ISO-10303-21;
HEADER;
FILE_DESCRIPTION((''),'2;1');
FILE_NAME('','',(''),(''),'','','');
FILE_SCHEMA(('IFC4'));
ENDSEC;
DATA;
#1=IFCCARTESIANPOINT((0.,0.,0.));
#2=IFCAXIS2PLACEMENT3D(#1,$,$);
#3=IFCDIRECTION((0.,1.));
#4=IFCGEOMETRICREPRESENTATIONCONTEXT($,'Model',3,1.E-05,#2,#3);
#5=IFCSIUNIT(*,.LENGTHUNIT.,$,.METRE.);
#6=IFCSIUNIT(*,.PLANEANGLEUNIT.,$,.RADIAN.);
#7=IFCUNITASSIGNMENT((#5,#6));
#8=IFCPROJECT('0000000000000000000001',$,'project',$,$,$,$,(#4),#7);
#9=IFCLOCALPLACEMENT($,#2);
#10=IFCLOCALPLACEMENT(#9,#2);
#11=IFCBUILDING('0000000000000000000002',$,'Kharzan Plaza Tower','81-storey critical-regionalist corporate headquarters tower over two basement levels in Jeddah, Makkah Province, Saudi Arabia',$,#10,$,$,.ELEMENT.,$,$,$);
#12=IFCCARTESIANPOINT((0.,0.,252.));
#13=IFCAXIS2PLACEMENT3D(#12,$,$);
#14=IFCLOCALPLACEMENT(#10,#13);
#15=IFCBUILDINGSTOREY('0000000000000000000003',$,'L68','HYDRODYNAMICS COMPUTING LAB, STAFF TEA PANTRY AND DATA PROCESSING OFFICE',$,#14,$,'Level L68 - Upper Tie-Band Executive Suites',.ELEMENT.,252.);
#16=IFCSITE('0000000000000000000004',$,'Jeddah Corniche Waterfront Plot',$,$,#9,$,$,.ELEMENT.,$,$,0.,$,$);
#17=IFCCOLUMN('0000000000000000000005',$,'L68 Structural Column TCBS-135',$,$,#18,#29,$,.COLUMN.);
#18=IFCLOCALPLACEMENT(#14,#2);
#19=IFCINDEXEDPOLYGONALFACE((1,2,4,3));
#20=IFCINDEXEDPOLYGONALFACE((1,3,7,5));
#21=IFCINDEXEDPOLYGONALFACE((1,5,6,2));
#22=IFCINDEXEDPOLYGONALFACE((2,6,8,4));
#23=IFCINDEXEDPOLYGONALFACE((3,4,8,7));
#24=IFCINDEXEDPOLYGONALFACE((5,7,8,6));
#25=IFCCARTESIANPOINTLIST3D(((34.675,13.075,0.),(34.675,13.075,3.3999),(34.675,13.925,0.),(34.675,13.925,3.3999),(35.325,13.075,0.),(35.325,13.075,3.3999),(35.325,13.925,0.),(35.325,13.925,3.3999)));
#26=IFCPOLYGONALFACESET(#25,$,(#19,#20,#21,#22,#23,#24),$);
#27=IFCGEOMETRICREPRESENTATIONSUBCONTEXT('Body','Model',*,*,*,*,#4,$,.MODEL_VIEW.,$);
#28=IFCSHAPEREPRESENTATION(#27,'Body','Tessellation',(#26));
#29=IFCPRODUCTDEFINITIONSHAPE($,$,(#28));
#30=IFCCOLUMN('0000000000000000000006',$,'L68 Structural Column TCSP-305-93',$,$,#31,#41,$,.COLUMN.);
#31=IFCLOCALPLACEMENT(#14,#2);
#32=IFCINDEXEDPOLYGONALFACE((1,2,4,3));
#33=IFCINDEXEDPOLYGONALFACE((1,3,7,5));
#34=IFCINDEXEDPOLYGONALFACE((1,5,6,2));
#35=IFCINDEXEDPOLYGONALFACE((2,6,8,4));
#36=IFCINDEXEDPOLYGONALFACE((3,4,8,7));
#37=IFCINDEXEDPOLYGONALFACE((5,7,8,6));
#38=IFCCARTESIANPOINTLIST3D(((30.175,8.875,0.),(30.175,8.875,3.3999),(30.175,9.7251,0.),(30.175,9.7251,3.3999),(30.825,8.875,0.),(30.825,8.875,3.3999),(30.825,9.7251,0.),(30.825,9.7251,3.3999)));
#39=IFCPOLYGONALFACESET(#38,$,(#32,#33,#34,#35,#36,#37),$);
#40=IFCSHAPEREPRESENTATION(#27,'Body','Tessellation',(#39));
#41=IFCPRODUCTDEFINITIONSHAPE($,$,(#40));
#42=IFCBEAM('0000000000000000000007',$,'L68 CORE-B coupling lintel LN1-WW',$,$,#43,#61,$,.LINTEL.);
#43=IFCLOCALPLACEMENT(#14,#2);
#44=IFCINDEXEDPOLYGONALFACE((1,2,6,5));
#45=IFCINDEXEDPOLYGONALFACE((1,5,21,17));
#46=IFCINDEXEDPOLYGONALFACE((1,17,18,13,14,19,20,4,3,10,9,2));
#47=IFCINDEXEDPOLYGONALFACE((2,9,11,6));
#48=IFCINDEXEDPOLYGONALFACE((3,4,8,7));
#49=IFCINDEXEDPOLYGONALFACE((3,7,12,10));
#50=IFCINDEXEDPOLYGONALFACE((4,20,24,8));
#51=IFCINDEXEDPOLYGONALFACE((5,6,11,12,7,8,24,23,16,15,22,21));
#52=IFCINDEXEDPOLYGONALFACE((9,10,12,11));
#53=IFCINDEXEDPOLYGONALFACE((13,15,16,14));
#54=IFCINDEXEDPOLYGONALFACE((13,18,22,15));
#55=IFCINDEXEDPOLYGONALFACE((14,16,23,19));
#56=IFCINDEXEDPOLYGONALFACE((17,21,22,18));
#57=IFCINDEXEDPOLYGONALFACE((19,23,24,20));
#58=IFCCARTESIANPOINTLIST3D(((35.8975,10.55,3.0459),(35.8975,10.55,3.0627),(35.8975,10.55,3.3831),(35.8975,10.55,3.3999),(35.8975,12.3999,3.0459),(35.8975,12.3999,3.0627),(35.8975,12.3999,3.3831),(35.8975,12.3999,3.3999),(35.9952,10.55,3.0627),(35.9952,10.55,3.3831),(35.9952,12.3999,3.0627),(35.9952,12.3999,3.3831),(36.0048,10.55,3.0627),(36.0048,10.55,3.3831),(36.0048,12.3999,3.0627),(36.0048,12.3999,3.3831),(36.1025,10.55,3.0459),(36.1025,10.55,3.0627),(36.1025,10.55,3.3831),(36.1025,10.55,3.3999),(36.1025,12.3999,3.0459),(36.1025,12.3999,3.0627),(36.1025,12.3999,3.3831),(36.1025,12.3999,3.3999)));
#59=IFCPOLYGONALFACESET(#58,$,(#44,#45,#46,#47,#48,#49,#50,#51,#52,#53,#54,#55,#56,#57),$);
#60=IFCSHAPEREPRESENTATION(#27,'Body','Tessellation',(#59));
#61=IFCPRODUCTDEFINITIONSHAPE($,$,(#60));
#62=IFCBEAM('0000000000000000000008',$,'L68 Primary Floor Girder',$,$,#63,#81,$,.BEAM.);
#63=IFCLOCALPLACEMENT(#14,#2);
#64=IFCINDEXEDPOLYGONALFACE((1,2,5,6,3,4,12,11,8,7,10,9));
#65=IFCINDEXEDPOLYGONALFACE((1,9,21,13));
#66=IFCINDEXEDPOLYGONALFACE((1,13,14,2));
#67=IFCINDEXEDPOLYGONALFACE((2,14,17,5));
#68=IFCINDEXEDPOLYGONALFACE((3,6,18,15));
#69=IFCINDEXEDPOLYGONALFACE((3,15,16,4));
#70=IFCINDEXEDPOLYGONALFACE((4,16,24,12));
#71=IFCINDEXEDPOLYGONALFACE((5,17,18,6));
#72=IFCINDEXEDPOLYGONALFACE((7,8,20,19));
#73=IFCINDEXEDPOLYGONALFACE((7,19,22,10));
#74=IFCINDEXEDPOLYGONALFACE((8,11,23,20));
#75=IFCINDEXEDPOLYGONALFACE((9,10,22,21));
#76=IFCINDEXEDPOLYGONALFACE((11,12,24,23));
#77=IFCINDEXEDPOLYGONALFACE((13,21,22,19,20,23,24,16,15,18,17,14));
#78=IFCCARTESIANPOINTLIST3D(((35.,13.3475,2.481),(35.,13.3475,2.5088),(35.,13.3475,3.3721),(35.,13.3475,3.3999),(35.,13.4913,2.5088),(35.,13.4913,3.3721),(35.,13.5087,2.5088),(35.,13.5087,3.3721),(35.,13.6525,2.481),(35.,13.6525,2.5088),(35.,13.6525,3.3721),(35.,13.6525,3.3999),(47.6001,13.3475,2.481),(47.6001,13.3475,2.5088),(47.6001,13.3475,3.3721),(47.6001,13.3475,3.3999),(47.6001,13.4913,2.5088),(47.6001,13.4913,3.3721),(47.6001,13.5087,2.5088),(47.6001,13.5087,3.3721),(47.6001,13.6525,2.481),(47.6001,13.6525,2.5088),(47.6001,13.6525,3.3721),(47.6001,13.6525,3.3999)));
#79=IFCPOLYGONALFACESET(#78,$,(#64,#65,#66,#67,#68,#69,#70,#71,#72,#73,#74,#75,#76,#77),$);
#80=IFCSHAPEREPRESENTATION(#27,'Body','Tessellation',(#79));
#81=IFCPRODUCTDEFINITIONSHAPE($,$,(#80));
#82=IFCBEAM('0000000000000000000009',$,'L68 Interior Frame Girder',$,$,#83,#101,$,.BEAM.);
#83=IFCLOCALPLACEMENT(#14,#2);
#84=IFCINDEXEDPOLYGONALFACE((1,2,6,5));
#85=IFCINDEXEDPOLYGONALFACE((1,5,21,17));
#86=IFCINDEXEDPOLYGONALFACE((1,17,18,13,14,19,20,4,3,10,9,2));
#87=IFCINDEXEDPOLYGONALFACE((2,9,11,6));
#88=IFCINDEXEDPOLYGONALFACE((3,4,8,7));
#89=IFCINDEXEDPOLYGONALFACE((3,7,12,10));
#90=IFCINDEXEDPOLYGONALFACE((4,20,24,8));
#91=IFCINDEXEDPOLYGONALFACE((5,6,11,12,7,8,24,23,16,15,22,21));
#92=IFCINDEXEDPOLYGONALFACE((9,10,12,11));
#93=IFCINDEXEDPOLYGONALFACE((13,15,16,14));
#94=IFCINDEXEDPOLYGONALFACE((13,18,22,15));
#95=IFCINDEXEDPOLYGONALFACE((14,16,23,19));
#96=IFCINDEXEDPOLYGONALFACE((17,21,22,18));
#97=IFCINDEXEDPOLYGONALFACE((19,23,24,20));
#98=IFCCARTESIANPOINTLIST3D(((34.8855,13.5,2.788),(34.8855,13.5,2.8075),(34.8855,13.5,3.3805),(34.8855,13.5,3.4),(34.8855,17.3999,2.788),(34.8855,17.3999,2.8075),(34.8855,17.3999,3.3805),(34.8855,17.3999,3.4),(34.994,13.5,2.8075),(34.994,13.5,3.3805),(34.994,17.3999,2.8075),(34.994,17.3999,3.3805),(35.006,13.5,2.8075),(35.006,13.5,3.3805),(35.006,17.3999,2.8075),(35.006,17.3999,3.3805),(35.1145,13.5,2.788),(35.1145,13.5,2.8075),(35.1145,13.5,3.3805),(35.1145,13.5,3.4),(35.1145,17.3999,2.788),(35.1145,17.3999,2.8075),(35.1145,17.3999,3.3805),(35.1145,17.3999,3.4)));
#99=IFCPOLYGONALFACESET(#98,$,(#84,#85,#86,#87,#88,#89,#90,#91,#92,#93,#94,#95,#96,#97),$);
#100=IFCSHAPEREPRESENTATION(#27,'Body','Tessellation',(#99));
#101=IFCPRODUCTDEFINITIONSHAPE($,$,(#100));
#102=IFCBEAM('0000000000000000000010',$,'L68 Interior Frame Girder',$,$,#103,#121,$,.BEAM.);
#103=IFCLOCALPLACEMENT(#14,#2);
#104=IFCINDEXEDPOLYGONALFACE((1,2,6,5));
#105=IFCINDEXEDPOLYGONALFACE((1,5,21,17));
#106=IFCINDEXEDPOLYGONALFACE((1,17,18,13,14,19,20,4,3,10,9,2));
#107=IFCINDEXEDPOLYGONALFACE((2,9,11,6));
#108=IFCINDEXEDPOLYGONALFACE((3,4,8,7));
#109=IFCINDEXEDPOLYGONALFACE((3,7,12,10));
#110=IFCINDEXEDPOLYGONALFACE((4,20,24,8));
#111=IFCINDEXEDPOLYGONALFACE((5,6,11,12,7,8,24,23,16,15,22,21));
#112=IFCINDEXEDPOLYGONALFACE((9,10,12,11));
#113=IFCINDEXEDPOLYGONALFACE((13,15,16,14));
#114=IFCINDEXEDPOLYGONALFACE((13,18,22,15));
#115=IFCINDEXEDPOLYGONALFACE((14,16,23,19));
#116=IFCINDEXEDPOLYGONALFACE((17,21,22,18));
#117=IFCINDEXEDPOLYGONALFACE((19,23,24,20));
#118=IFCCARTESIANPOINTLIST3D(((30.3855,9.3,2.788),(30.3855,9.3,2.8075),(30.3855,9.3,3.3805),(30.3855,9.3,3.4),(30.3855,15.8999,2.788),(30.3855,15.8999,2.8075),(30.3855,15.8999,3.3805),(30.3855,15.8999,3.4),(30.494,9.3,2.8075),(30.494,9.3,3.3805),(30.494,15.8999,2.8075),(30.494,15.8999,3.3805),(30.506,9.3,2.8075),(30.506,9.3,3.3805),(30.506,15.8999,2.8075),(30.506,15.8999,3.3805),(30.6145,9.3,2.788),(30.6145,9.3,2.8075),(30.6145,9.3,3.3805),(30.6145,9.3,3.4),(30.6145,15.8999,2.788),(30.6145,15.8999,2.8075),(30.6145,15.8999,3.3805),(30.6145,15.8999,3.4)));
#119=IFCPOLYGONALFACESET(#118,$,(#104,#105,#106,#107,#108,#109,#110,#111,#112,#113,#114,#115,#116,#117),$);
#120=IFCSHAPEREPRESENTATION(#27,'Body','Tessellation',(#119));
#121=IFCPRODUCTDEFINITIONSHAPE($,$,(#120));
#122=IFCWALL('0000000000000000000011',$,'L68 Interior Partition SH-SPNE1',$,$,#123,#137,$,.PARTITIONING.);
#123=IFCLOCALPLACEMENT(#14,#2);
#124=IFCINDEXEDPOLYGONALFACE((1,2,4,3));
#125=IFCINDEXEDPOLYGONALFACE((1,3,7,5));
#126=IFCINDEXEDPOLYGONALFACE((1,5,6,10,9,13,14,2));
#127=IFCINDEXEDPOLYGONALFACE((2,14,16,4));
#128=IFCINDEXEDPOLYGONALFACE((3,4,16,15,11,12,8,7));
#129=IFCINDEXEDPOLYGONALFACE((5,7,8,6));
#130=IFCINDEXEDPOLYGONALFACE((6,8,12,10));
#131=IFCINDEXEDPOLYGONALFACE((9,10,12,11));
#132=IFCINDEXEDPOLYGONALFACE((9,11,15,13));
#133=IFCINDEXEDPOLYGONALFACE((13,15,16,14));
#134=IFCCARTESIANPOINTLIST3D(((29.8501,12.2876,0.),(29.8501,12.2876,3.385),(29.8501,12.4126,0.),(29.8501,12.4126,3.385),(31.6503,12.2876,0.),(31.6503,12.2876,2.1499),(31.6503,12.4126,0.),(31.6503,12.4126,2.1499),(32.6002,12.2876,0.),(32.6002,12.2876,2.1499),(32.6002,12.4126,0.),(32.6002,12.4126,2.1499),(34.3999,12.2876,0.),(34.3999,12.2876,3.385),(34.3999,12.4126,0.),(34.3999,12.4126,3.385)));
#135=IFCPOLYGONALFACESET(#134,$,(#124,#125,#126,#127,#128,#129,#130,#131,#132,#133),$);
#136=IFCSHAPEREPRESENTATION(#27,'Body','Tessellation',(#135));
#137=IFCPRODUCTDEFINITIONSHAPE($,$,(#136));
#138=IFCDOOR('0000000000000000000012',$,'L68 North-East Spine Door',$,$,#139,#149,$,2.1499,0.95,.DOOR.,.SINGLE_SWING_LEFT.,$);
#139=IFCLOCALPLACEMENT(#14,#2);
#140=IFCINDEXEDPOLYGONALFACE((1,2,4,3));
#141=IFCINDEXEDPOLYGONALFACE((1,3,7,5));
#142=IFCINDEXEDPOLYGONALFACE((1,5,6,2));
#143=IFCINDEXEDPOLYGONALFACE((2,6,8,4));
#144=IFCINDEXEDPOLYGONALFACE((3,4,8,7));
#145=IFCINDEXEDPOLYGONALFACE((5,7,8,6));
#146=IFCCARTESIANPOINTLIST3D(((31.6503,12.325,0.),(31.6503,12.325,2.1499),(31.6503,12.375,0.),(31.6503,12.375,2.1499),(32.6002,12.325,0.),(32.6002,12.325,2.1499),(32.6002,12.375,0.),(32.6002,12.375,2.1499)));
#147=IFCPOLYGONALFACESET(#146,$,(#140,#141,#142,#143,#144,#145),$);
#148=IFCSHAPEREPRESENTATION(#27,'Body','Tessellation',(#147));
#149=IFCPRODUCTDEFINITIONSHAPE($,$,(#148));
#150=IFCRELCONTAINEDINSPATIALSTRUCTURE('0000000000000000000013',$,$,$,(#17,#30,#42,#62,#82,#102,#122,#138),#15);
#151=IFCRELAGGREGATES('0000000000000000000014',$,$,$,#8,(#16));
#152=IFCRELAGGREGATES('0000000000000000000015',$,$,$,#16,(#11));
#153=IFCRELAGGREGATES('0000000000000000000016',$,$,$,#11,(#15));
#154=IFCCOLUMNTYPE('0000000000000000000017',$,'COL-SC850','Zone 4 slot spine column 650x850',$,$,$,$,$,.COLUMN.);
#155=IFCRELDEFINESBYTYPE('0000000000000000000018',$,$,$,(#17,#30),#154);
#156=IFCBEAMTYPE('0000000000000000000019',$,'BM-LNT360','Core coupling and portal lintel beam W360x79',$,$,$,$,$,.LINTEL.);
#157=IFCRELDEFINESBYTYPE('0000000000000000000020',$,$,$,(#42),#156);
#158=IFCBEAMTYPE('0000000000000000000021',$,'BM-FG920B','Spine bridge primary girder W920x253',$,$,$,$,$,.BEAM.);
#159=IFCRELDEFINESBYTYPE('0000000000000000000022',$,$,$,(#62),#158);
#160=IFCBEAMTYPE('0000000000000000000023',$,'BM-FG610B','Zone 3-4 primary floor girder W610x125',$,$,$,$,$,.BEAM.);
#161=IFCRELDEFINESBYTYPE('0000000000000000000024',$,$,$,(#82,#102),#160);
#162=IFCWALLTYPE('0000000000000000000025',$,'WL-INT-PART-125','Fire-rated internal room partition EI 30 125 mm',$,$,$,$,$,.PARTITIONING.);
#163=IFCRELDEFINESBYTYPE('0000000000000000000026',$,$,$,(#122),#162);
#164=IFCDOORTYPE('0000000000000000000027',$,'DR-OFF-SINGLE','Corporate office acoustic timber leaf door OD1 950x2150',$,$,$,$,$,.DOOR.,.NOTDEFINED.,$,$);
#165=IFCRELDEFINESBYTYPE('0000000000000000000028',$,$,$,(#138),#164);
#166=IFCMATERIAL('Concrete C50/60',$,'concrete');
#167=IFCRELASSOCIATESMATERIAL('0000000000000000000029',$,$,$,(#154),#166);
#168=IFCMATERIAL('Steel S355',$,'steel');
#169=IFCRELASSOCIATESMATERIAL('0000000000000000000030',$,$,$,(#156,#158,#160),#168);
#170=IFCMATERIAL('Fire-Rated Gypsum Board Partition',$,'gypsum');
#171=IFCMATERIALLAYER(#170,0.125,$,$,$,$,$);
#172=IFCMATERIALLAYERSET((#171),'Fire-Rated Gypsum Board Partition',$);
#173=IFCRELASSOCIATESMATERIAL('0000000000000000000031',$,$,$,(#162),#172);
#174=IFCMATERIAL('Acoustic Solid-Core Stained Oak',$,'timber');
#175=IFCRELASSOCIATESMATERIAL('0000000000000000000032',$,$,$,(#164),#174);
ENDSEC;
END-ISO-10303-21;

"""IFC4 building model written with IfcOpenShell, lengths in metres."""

from ifc_helpers import new_model, si_unit, direction, frame, frame_2d, origin, origin_2d, place, context, subcontext, project, spatial, rectangle, i_section, extrude, source, transform, mapped, material, layer, layer_set, material_profile, profile_set, type_object, element, fill, save


model = new_model("IFC4")

# Units and contexts
model_context = context("Model", 3, precision=1e-05, world=origin(), true_north=direction((0.0, 1.0)))
body_context = subcontext(model_context, "Body", "Model", "MODEL_VIEW")
ifc_project = project(units=[si_unit("LENGTHUNIT", "METRE"), si_unit("PLANEANGLEUNIT", "RADIAN")], contexts=[model_context])

# Site, building, storey
site_placement = place(None, origin())
site = spatial("IfcSite", under=ifc_project, at=site_placement, Name="Jeddah Corniche Waterfront Plot", CompositionType="ELEMENT", RefElevation=0.0)
building_placement = place(site_placement, origin())
building = spatial("IfcBuilding", under=site, at=building_placement, Name="Kharzan Plaza Tower", Description="81-storey critical-regionalist corporate headquarters tower over two basement levels in Jeddah, Makkah Province, Saudi Arabia", CompositionType="ELEMENT")
storey_placement = place(building_placement, frame((0.0, 0.0, 252.0)))
storey = spatial("IfcBuildingStorey", under=building, at=storey_placement, Name="L68", Description="HYDRODYNAMICS COMPUTING LAB, STAFF TEA PANTRY AND DATA PROCESSING OFFICE", LongName="Level L68 - Upper Tie-Band Executive Suites", CompositionType="ELEMENT", Elevation=252.0)

# Columns
ifc_material_1 = material(Name="Concrete C50/60", Category="concrete")
ifc_material_profile_1 = material_profile(ifc_material_1, rectangle(XDim=0.6499, YDim=0.8501, at=origin_2d()), Name="RC-SC850x650")
ifc_profile_set_1 = profile_set([ifc_material_profile_1], Name="Concrete C50/60")
column_type = type_object("IfcColumnType", Name="COL-SC850", Description="Zone 4 slot spine column 650x850", PredefinedType="COLUMN", material=ifc_profile_set_1)
shared_shape_1 = source(origin(), body_context, "Body", "SweptSolid", [
    extrude(rectangle(XDim=0.6499, YDim=0.8501, at=origin_2d()), origin(), (0.0, 0.0, 1.0), 3.3999),
])
for number, where, z_axis, x_axis, name in (
    (1, (35.0, 13.5, 0.0), (0.0, 0.0, 1.0), (1.0, 0.0, 0.0), "L68 Structural Column TCBS-135"),
    (2, (30.5, 9.3, 0.0), (0.0, 0.0, 1.0), (1.0, 0.0, 0.0), "L68 Structural Column TCSP-305-93"),
):
    element("IfcColumn", number, at=place(storey_placement, frame(where, z_axis=z_axis, x_axis=x_axis)), inside=storey, type_object=column_type, Name=name, PredefinedType="COLUMN", context=body_context, shape_type="MappedRepresentation", body=[
        mapped(shared_shape_1, transform((0.0, 0.0, 0.0), x_axis=(1.0, 0.0, 0.0), y_axis=(0.0, 1.0, 0.0), z_axis=(0.0, 0.0, 1.0))),
    ])

# Beams
ifc_material_2 = material(Name="Steel S355", Category="steel")
ifc_material_profile_2 = material_profile(ifc_material_2, i_section(OverallWidth=0.2051, OverallDepth=0.354, WebThickness=0.0095, FlangeThickness=0.0168, at=origin_2d()), Name="W360x79")
ifc_profile_set_2 = profile_set([ifc_material_profile_2], Name="Steel S355")
beam_type_1 = type_object("IfcBeamType", Name="BM-LNT360", Description="Core coupling and portal lintel beam W360x79", PredefinedType="LINTEL", material=ifc_profile_set_2)
shared_shape_2 = source(origin(), body_context, "Body", "SweptSolid", [
    extrude(i_section(OverallWidth=0.2051, OverallDepth=0.354, WebThickness=0.0095, FlangeThickness=0.0168, at=origin_2d()), origin(), (0.0, 0.0, 1.0), 1.8499),
])
beam_1_placement = place(storey_placement, frame((36.0, 10.55, 3.2229), z_axis=(0.0, 1.0, 0.0), x_axis=(-1.0, 0.0, 0.0)))
element("IfcBeam", 3, at=beam_1_placement, inside=storey, type_object=beam_type_1, Name="L68 CORE-B coupling lintel LN1-WW", PredefinedType="LINTEL", context=body_context, shape_type="MappedRepresentation", body=[
    mapped(shared_shape_2, transform((0.0, 0.0, 0.0), x_axis=(1.0, 0.0, 0.0), y_axis=(0.0, 1.0, 0.0), z_axis=(0.0, 0.0, 1.0))),
])
ifc_material_profile_3 = material_profile(ifc_material_2, i_section(OverallWidth=0.3049, OverallDepth=0.9189, WebThickness=0.0173, FlangeThickness=0.0278, at=origin_2d()), Name="W920x253")
ifc_profile_set_3 = profile_set([ifc_material_profile_3], Name="Steel S355")
beam_type_2 = type_object("IfcBeamType", Name="BM-FG920B", Description="Spine bridge primary girder W920x253", PredefinedType="BEAM", material=ifc_profile_set_3)
shared_shape_3 = source(origin(), body_context, "Body", "SweptSolid", [
    extrude(i_section(OverallWidth=0.3049, OverallDepth=0.9189, WebThickness=0.0173, FlangeThickness=0.0278, at=origin_2d()), origin(), (0.0, 0.0, 1.0), 12.6001),
])
beam_2_placement = place(storey_placement, frame((35.0, 13.5, 2.9404), z_axis=(1.0, 0.0, 0.0), x_axis=(0.0, 1.0, 0.0)))
element("IfcBeam", 4, at=beam_2_placement, inside=storey, type_object=beam_type_2, Name="L68 Primary Floor Girder", PredefinedType="BEAM", context=body_context, shape_type="MappedRepresentation", body=[
    mapped(shared_shape_3, transform((0.0, 0.0, 0.0), x_axis=(1.0, 0.0, 0.0), y_axis=(0.0, 1.0, 0.0), z_axis=(0.0, 0.0, 1.0))),
])
ifc_material_profile_4 = material_profile(ifc_material_2, i_section(OverallWidth=0.229, OverallDepth=0.6121, WebThickness=0.012, FlangeThickness=0.0195, at=origin_2d()), Name="W610x125")
ifc_profile_set_4 = profile_set([ifc_material_profile_4], Name="Steel S355")
beam_type_3 = type_object("IfcBeamType", Name="BM-FG610B", Description="Zone 3-4 primary floor girder W610x125", PredefinedType="BEAM", material=ifc_profile_set_4)
shared_shape_4 = source(origin(), body_context, "Body", "SweptSolid", [
    extrude(i_section(OverallWidth=0.229, OverallDepth=0.6121, WebThickness=0.012, FlangeThickness=0.0195, at=origin_2d()), origin(), (0.0, 0.0, 1.0), 3.8999),
])
beam_3_placement = place(storey_placement, frame((35.0, 13.5, 3.094), z_axis=(0.0, 1.0, 0.0), x_axis=(-1.0, 0.0, 0.0)))
element("IfcBeam", 5, at=beam_3_placement, inside=storey, type_object=beam_type_3, Name="L68 Interior Frame Girder", PredefinedType="BEAM", context=body_context, shape_type="MappedRepresentation", body=[
    mapped(shared_shape_4, transform((0.0, 0.0, 0.0), x_axis=(1.0, 0.0, 0.0), y_axis=(0.0, 1.0, 0.0), z_axis=(0.0, 0.0, 1.0))),
])
shared_shape_5 = source(origin(), body_context, "Body", "SweptSolid", [
    extrude(i_section(OverallWidth=0.229, OverallDepth=0.6121, WebThickness=0.012, FlangeThickness=0.0195, at=origin_2d()), origin(), (0.0, 0.0, 1.0), 6.5999),
])
beam_4_placement = place(storey_placement, frame((30.5, 9.3, 3.094), z_axis=(0.0, 1.0, 0.0), x_axis=(-1.0, 0.0, 0.0)))
element("IfcBeam", 6, at=beam_4_placement, inside=storey, type_object=beam_type_3, Name="L68 Interior Frame Girder", PredefinedType="BEAM", context=body_context, shape_type="MappedRepresentation", body=[
    mapped(shared_shape_5, transform((0.0, 0.0, 0.0), x_axis=(1.0, 0.0, 0.0), y_axis=(0.0, 1.0, 0.0), z_axis=(0.0, 0.0, 1.0))),
])

# Wall, opening, door
ifc_material_3 = material(Name="Fire-Rated Gypsum Board Partition", Category="gypsum")
ifc_layer_1 = layer(ifc_material_3, 0.125)
ifc_layer_set_1 = layer_set([ifc_layer_1], Name="Fire-Rated Gypsum Board Partition")
wall_type_1 = type_object("IfcWallType", Name="WL-INT-PART-125", Description="Fire-rated internal room partition EI 30 125 mm", PredefinedType="PARTITIONING", material=ifc_layer_set_1)
wall_1_placement = place(storey_placement, frame((29.8501, 12.3501, 0.0), z_axis=(0.0, 0.0, 1.0), x_axis=(1.0, 0.0, 0.0)))
wall_1 = element("IfcWall", 7, at=wall_1_placement, inside=storey, type_object=wall_type_1, Name="L68 Interior Partition SH-SPNE1", PredefinedType="PARTITIONING", context=body_context, shape_type="SweptSolid", body=[
    extrude(rectangle(XDim=4.5498, YDim=0.125, at=frame_2d((2.2749, 0.0))), origin(), (0.0, 0.0, 1.0), 3.385),
])
opening_1_placement = place(wall_1_placement, frame((1.8, 0.0, 0.0)))
opening_1 = element("IfcOpeningElement", 8, at=opening_1_placement, cuts=wall_1, PredefinedType="OPENING", context=body_context, shape_type="SweptSolid", body=[
    extrude(rectangle(XDim=0.95, YDim=2.1499, at=frame_2d((0.4751, 1.075))), frame((0.0, 0.0725, 0.0), z_axis=(0.0, -1.0, 0.0), x_axis=(1.0, 0.0, 0.0)), (0.0, 0.0, 1.0), 0.145),
])
ifc_material_4 = material(Name="Acoustic Solid-Core Stained Oak", Category="timber")
door_type = type_object("IfcDoorType", Name="DR-OFF-SINGLE", Description="Corporate office acoustic timber leaf door OD1 950x2150", OperationType="NOTDEFINED", PredefinedType="DOOR", material=ifc_material_4)
shared_shape_6 = source(origin(), body_context, "Body", "SweptSolid", [
    extrude(rectangle(XDim=0.95, YDim=2.1499, at=frame_2d((0.4751, 1.075))), frame((0.0, 0.0249, 0.0), z_axis=(0.0, -1.0, 0.0), x_axis=(1.0, 0.0, 0.0)), (0.0, 0.0, 1.0), 0.05),
])
door_1_placement = place(opening_1_placement, origin())
door_1 = element("IfcDoor", 9, at=door_1_placement, inside=storey, type_object=door_type, Name="L68 North-East Spine Door", OperationType="SINGLE_SWING_LEFT", OverallHeight=2.1499, OverallWidth=0.95, PredefinedType="DOOR", context=body_context, shape_type="MappedRepresentation", body=[
    mapped(shared_shape_6, transform((0.0, 0.0, 0.0), x_axis=(1.0, 0.0, 0.0), y_axis=(0.0, 1.0, 0.0), z_axis=(0.0, 0.0, 1.0))),
])
fill(opening_1, door_1)

save(model, "model.ifc")
